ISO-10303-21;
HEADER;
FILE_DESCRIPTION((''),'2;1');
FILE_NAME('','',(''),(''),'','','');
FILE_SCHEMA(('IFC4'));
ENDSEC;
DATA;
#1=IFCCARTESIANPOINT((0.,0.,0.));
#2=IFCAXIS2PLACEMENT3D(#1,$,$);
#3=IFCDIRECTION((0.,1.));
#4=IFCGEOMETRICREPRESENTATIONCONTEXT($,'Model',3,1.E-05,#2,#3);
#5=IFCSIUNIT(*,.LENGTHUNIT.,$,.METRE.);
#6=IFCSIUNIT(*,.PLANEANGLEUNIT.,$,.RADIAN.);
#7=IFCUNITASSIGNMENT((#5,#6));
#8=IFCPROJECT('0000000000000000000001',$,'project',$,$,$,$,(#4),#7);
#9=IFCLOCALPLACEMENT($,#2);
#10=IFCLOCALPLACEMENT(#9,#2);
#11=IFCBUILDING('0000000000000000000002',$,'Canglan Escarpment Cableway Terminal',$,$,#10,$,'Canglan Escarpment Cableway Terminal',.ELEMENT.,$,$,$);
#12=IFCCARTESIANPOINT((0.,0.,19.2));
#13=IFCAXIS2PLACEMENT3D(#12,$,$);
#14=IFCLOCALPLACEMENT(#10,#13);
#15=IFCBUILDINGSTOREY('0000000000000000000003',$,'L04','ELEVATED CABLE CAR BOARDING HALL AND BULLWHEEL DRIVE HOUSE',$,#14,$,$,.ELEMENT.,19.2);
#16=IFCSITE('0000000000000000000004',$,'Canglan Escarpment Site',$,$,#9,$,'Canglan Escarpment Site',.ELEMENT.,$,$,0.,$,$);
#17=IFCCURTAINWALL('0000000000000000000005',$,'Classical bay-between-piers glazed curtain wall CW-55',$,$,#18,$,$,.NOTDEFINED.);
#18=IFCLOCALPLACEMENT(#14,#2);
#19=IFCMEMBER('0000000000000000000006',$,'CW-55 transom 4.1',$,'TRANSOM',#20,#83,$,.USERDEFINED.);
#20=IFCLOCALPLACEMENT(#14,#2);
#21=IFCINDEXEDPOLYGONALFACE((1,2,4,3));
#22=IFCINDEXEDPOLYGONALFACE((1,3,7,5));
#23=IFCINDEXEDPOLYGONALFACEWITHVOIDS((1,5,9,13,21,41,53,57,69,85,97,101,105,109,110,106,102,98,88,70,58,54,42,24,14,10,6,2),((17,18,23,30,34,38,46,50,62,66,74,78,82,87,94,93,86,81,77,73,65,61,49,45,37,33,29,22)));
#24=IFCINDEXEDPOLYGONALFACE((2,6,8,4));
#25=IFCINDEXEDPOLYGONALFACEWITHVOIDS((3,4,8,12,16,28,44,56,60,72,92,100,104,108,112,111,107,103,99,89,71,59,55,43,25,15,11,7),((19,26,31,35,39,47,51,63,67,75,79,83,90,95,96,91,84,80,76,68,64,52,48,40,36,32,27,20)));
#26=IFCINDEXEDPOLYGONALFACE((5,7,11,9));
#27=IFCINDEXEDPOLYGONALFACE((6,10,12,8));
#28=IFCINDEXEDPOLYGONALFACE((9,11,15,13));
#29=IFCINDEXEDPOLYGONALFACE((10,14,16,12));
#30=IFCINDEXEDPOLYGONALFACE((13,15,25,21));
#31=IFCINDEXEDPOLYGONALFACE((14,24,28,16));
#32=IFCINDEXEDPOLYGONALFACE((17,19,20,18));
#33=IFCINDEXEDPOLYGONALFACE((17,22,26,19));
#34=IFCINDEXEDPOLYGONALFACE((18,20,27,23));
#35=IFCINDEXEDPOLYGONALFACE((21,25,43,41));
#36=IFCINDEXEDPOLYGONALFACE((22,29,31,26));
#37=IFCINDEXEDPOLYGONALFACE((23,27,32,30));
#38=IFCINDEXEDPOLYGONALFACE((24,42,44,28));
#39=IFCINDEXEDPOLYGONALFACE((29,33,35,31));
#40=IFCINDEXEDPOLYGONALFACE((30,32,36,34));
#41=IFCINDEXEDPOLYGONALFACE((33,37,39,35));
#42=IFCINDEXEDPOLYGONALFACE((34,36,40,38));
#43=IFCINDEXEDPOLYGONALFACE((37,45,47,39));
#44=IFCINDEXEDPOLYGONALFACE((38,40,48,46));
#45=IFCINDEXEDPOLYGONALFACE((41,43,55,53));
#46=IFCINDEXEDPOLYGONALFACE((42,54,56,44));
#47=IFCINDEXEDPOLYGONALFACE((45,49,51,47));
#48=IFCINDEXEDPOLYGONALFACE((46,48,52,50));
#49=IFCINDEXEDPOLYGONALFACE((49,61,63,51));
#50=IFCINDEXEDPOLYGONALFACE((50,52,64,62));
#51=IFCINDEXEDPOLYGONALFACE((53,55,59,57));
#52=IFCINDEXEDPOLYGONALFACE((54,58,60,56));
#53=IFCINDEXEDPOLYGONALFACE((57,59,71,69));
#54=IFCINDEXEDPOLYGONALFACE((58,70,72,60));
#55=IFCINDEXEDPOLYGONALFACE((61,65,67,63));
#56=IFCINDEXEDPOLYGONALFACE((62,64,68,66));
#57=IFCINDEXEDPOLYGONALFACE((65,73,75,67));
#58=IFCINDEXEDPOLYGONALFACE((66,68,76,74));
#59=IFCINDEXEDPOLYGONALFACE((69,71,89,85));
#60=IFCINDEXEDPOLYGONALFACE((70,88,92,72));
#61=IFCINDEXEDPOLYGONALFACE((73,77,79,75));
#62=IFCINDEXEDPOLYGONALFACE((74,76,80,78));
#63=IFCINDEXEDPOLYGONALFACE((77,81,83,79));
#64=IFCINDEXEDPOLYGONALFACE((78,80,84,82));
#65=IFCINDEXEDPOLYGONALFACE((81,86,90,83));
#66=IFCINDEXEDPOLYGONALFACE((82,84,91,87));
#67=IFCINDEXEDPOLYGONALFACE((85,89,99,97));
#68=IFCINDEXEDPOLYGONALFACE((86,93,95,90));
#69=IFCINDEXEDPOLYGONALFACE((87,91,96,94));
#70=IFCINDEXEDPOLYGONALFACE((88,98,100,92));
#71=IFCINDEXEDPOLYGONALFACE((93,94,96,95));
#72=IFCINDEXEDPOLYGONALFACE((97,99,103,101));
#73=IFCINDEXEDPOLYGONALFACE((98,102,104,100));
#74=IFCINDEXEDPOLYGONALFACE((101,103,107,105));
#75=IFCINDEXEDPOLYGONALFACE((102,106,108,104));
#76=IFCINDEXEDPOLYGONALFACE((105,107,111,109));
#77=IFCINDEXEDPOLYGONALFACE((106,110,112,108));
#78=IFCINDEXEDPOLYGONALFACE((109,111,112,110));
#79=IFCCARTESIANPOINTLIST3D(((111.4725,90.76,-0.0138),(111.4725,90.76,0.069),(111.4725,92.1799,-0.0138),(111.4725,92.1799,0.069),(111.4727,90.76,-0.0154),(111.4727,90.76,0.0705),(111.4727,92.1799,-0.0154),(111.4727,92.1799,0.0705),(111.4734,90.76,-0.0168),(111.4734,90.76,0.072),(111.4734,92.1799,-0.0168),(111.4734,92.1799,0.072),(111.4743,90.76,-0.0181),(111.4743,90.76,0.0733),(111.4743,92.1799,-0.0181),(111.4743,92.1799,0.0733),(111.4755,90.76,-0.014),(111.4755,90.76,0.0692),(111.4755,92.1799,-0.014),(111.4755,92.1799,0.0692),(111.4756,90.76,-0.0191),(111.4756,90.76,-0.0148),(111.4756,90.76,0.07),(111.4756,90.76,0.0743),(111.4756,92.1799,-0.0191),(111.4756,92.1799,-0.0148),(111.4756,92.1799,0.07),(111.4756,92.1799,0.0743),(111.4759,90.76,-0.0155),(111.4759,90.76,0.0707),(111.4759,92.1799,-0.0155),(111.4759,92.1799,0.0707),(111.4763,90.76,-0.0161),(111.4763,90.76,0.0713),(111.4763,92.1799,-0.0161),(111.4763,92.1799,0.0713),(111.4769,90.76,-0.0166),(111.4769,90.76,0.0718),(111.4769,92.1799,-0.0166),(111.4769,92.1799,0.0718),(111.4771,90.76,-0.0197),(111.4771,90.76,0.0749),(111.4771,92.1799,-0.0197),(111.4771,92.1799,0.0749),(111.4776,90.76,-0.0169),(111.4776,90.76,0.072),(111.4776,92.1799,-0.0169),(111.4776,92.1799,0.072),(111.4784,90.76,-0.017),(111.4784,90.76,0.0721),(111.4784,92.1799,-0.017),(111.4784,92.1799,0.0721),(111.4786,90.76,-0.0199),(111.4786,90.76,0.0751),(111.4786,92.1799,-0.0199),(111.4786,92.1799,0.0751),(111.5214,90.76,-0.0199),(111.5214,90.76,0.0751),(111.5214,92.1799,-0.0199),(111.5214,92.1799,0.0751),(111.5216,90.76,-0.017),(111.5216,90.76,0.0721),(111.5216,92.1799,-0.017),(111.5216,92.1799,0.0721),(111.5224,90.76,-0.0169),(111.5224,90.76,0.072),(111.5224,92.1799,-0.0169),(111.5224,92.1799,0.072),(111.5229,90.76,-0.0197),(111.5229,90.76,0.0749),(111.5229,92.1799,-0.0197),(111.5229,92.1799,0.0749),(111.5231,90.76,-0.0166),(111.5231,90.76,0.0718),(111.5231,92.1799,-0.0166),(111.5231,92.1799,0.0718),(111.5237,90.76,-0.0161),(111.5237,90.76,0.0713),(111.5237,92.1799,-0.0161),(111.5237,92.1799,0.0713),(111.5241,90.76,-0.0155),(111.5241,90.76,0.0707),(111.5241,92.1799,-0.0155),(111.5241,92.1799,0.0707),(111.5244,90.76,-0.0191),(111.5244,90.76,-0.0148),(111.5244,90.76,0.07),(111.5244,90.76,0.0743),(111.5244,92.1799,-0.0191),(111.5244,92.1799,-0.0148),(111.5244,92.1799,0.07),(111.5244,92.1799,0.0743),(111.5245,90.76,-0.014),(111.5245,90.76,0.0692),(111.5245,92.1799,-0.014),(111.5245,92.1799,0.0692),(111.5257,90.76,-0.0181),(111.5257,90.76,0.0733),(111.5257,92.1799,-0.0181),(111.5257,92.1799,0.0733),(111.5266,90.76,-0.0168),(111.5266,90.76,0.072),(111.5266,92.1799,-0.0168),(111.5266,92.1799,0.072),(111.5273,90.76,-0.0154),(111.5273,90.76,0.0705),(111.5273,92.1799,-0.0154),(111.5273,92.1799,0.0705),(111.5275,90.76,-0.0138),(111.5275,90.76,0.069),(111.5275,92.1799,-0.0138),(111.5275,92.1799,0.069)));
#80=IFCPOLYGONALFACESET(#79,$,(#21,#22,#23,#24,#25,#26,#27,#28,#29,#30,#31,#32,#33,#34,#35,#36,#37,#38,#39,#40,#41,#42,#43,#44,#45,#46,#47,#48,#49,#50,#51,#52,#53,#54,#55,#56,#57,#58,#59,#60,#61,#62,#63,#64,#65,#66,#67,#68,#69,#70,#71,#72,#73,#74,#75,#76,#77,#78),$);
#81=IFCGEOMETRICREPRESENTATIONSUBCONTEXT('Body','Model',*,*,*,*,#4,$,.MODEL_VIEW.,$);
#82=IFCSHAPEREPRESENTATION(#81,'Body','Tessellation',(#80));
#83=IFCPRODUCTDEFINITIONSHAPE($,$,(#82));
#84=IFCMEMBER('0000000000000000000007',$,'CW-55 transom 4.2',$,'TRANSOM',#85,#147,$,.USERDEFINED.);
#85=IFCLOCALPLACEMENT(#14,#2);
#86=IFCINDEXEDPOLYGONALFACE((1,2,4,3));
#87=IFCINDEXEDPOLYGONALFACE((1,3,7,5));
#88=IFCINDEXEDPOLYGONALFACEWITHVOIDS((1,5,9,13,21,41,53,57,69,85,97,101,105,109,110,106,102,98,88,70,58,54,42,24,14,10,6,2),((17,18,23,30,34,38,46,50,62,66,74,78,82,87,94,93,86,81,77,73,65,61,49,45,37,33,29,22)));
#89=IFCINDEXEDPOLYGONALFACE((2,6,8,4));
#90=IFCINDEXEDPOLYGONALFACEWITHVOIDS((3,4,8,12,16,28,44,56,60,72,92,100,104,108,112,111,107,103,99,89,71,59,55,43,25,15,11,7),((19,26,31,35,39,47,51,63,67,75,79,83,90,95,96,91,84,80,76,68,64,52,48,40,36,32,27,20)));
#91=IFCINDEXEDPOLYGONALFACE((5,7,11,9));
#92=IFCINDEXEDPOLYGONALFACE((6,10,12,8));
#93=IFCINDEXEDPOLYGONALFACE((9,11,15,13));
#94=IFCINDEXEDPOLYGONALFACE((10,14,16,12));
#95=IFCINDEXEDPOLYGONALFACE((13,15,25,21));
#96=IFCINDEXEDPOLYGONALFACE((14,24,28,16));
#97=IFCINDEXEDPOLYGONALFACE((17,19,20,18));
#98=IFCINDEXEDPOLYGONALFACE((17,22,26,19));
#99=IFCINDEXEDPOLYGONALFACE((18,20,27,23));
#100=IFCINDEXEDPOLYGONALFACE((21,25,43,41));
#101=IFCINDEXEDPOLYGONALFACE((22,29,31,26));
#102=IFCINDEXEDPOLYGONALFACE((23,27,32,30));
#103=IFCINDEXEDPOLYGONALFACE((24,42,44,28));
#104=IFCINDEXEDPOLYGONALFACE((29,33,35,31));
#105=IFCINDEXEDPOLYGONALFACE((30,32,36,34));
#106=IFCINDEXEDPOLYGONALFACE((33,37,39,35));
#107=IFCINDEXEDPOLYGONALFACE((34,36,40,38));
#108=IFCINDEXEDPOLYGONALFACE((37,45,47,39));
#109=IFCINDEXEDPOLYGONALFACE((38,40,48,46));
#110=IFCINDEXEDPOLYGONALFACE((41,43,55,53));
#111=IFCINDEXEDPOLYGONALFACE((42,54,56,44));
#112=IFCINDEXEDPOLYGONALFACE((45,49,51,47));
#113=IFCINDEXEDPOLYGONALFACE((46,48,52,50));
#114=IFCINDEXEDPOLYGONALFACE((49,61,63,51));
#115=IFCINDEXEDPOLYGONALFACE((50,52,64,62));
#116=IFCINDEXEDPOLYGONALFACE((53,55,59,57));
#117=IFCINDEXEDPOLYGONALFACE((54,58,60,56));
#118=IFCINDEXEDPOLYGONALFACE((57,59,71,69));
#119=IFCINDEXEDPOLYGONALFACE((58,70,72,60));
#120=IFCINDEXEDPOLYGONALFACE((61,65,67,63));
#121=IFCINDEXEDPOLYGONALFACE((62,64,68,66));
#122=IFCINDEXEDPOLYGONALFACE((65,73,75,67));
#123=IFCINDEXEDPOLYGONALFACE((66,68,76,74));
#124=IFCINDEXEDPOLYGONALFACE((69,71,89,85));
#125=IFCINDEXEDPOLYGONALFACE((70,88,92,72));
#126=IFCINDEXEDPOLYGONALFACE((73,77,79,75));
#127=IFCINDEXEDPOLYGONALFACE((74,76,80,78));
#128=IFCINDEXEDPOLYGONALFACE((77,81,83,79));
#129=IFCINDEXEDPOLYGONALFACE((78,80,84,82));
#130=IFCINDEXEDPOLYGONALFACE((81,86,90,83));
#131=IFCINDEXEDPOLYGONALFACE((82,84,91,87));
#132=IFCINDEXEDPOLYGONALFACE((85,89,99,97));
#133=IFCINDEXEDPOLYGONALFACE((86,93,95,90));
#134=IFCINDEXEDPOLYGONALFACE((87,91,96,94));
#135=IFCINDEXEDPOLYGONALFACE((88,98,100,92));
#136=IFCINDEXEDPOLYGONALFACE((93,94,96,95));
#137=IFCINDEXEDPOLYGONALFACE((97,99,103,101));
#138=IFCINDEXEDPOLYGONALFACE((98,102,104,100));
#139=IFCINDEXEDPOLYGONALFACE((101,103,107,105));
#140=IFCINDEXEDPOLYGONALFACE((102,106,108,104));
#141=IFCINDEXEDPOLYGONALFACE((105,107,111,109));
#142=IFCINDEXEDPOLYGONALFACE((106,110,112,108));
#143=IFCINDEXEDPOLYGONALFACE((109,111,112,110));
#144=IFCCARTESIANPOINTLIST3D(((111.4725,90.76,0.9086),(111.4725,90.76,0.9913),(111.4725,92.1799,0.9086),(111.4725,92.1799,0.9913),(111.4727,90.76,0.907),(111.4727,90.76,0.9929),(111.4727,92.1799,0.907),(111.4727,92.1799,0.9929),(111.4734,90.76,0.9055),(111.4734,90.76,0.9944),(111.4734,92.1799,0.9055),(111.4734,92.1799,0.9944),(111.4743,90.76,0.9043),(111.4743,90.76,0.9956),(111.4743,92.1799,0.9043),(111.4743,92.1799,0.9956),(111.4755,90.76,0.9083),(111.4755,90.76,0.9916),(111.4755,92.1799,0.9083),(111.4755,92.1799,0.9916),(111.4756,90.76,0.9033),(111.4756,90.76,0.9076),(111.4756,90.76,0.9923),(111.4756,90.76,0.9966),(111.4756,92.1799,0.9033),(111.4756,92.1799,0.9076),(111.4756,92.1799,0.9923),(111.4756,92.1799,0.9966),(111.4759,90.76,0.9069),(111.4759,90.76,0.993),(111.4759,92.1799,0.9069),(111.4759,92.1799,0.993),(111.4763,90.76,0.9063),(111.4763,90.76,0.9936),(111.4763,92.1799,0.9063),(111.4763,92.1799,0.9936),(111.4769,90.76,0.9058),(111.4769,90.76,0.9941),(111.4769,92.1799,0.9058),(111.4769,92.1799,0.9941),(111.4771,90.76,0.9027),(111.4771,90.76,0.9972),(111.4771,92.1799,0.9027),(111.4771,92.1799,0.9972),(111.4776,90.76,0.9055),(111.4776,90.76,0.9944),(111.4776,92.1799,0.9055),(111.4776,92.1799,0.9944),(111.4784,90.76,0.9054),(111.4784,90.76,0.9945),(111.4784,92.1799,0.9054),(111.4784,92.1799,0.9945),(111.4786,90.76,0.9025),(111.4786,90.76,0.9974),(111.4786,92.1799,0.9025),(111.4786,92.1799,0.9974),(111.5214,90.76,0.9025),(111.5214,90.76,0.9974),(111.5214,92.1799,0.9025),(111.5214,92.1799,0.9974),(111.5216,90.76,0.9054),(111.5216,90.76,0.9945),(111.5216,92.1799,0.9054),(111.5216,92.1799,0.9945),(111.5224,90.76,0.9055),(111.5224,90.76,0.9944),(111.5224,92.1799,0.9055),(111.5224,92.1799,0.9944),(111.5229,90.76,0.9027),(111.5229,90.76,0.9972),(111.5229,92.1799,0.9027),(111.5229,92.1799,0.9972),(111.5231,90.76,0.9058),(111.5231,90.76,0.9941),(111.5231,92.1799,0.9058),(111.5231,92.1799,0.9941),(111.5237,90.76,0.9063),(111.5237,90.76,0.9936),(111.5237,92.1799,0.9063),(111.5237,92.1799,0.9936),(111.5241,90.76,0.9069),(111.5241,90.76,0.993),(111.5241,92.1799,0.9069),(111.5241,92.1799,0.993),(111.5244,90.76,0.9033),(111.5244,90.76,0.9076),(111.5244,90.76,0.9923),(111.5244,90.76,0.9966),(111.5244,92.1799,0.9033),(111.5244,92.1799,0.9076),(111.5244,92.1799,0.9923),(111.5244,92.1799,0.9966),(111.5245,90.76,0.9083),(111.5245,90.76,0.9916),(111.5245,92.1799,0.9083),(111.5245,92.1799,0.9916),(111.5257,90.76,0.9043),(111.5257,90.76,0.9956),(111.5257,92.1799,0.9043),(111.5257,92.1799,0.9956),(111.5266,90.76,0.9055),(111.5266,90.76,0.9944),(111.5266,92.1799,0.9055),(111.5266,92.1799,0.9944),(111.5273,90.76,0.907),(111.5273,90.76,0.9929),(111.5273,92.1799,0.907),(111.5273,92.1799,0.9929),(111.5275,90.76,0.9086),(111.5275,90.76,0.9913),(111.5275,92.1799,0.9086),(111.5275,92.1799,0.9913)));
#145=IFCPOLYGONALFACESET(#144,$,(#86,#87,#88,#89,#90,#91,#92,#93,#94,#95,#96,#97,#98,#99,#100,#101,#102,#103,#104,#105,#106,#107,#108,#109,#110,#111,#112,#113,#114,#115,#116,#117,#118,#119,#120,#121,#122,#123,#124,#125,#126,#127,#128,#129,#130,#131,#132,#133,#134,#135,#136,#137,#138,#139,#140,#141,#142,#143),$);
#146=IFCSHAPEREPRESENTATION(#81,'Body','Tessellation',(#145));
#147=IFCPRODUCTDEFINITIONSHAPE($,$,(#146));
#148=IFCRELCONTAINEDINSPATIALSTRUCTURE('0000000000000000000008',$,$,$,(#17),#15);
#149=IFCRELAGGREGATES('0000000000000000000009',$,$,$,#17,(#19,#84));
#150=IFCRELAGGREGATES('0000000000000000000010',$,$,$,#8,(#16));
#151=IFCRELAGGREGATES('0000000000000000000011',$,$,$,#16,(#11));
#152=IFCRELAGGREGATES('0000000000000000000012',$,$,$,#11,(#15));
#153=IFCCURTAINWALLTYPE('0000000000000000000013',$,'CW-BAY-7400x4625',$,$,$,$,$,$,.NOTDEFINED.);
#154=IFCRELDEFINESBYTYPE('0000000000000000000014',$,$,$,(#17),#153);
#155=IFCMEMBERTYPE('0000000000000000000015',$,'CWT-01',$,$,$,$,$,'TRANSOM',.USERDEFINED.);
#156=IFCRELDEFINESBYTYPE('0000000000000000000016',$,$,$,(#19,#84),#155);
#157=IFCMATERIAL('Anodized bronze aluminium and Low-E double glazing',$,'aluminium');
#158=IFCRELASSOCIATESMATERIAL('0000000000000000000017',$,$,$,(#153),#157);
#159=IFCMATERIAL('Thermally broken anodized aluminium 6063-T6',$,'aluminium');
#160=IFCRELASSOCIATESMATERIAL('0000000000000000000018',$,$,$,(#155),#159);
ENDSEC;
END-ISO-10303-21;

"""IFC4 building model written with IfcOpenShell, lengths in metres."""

from ifc_helpers import new_model, si_unit, direction, frame, origin, origin_2d, place, context, subcontext, project, spatial, hollow_rectangle, extrude, material, material_profile, profile_set, type_object, element, aggregate, save


model = new_model("IFC4")

# Units and contexts
model_context = context("Model", 3, precision=1e-05, world=origin(), true_north=direction((0.0, 1.0)))
body_context = subcontext(model_context, "Body", "Model", "MODEL_VIEW")
ifc_project = project(units=[si_unit("LENGTHUNIT", "METRE"), si_unit("PLANEANGLEUNIT", "RADIAN")], contexts=[model_context])

# Site, building, storey
site_placement = place(None, origin())
site = spatial("IfcSite", under=ifc_project, at=site_placement, Name="Canglan Escarpment Site", LongName="Canglan Escarpment Site", CompositionType="ELEMENT", RefElevation=0.0)
building_placement = place(site_placement, origin())
building = spatial("IfcBuilding", under=site, at=building_placement, Name="Canglan Escarpment Cableway Terminal", LongName="Canglan Escarpment Cableway Terminal", CompositionType="ELEMENT")
storey_placement = place(building_placement, frame((0.0, 0.0, 19.2)))
storey = spatial("IfcBuildingStorey", under=building, at=storey_placement, Name="L04", Description="ELEVATED CABLE CAR BOARDING HALL AND BULLWHEEL DRIVE HOUSE", CompositionType="ELEMENT", Elevation=19.2)

# Curtain wall, members
ifc_material_1 = material(Name="Anodized bronze aluminium and Low-E double glazing", Category="aluminium")
curtain_wall_type = type_object("IfcCurtainWallType", Name="CW-BAY-7400x4625", PredefinedType="NOTDEFINED", material=ifc_material_1)
curtain_wall_placement = place(storey_placement, origin())
curtain_wall = element("IfcCurtainWall", 1, at=curtain_wall_placement, inside=storey, type_object=curtain_wall_type, Name="Classical bay-between-piers glazed curtain wall CW-55", PredefinedType="NOTDEFINED")
ifc_material_2 = material(Name="Thermally broken anodized aluminium 6063-T6", Category="aluminium")
ifc_material_profile_1 = material_profile(ifc_material_2, hollow_rectangle(XDim=0.0549, YDim=0.095, WallThickness=0.0029, InnerFilletRadius=0.0029, OuterFilletRadius=0.0061, at=origin_2d()), Name="ALU-TRAN 55x95x3")
ifc_profile_set_1 = profile_set([ifc_material_profile_1], Name="Thermally broken anodized aluminium 6063-T6")
member_type_1 = type_object("IfcMemberType", Name="CWT-01", ElementType="TRANSOM", PredefinedType="USERDEFINED", material=ifc_profile_set_1)
member_1_placement = place(storey_placement, frame((111.5, 92.1799, 0.0276), z_axis=(0.0, -1.0, 0.0), x_axis=(1.0, 0.0, 0.0)))
member_1 = element("IfcMember", 2, at=member_1_placement, type_object=member_type_1, Name="CW-55 transom 4.1", ObjectType="TRANSOM", PredefinedType="USERDEFINED", context=body_context, shape_type="SweptSolid", body=[
    extrude(hollow_rectangle(XDim=0.0549, YDim=0.095, WallThickness=0.0029, InnerFilletRadius=0.0029, OuterFilletRadius=0.0061, at=origin_2d()), origin(), (0.0, 0.0, 1.0), 1.4199),
])
member_2_placement = place(storey_placement, frame((111.5, 92.1799, 0.95), z_axis=(0.0, -1.0, 0.0), x_axis=(1.0, 0.0, 0.0)))
member_2 = element("IfcMember", 3, at=member_2_placement, type_object=member_type_1, Name="CW-55 transom 4.2", ObjectType="TRANSOM", PredefinedType="USERDEFINED", context=body_context, shape_type="SweptSolid", body=[
    extrude(hollow_rectangle(XDim=0.0549, YDim=0.095, WallThickness=0.0029, InnerFilletRadius=0.0029, OuterFilletRadius=0.0061, at=origin_2d()), origin(), (0.0, 0.0, 1.0), 1.4199),
])
aggregate(curtain_wall, [member_1, member_2])

save(model, "model.ifc")
